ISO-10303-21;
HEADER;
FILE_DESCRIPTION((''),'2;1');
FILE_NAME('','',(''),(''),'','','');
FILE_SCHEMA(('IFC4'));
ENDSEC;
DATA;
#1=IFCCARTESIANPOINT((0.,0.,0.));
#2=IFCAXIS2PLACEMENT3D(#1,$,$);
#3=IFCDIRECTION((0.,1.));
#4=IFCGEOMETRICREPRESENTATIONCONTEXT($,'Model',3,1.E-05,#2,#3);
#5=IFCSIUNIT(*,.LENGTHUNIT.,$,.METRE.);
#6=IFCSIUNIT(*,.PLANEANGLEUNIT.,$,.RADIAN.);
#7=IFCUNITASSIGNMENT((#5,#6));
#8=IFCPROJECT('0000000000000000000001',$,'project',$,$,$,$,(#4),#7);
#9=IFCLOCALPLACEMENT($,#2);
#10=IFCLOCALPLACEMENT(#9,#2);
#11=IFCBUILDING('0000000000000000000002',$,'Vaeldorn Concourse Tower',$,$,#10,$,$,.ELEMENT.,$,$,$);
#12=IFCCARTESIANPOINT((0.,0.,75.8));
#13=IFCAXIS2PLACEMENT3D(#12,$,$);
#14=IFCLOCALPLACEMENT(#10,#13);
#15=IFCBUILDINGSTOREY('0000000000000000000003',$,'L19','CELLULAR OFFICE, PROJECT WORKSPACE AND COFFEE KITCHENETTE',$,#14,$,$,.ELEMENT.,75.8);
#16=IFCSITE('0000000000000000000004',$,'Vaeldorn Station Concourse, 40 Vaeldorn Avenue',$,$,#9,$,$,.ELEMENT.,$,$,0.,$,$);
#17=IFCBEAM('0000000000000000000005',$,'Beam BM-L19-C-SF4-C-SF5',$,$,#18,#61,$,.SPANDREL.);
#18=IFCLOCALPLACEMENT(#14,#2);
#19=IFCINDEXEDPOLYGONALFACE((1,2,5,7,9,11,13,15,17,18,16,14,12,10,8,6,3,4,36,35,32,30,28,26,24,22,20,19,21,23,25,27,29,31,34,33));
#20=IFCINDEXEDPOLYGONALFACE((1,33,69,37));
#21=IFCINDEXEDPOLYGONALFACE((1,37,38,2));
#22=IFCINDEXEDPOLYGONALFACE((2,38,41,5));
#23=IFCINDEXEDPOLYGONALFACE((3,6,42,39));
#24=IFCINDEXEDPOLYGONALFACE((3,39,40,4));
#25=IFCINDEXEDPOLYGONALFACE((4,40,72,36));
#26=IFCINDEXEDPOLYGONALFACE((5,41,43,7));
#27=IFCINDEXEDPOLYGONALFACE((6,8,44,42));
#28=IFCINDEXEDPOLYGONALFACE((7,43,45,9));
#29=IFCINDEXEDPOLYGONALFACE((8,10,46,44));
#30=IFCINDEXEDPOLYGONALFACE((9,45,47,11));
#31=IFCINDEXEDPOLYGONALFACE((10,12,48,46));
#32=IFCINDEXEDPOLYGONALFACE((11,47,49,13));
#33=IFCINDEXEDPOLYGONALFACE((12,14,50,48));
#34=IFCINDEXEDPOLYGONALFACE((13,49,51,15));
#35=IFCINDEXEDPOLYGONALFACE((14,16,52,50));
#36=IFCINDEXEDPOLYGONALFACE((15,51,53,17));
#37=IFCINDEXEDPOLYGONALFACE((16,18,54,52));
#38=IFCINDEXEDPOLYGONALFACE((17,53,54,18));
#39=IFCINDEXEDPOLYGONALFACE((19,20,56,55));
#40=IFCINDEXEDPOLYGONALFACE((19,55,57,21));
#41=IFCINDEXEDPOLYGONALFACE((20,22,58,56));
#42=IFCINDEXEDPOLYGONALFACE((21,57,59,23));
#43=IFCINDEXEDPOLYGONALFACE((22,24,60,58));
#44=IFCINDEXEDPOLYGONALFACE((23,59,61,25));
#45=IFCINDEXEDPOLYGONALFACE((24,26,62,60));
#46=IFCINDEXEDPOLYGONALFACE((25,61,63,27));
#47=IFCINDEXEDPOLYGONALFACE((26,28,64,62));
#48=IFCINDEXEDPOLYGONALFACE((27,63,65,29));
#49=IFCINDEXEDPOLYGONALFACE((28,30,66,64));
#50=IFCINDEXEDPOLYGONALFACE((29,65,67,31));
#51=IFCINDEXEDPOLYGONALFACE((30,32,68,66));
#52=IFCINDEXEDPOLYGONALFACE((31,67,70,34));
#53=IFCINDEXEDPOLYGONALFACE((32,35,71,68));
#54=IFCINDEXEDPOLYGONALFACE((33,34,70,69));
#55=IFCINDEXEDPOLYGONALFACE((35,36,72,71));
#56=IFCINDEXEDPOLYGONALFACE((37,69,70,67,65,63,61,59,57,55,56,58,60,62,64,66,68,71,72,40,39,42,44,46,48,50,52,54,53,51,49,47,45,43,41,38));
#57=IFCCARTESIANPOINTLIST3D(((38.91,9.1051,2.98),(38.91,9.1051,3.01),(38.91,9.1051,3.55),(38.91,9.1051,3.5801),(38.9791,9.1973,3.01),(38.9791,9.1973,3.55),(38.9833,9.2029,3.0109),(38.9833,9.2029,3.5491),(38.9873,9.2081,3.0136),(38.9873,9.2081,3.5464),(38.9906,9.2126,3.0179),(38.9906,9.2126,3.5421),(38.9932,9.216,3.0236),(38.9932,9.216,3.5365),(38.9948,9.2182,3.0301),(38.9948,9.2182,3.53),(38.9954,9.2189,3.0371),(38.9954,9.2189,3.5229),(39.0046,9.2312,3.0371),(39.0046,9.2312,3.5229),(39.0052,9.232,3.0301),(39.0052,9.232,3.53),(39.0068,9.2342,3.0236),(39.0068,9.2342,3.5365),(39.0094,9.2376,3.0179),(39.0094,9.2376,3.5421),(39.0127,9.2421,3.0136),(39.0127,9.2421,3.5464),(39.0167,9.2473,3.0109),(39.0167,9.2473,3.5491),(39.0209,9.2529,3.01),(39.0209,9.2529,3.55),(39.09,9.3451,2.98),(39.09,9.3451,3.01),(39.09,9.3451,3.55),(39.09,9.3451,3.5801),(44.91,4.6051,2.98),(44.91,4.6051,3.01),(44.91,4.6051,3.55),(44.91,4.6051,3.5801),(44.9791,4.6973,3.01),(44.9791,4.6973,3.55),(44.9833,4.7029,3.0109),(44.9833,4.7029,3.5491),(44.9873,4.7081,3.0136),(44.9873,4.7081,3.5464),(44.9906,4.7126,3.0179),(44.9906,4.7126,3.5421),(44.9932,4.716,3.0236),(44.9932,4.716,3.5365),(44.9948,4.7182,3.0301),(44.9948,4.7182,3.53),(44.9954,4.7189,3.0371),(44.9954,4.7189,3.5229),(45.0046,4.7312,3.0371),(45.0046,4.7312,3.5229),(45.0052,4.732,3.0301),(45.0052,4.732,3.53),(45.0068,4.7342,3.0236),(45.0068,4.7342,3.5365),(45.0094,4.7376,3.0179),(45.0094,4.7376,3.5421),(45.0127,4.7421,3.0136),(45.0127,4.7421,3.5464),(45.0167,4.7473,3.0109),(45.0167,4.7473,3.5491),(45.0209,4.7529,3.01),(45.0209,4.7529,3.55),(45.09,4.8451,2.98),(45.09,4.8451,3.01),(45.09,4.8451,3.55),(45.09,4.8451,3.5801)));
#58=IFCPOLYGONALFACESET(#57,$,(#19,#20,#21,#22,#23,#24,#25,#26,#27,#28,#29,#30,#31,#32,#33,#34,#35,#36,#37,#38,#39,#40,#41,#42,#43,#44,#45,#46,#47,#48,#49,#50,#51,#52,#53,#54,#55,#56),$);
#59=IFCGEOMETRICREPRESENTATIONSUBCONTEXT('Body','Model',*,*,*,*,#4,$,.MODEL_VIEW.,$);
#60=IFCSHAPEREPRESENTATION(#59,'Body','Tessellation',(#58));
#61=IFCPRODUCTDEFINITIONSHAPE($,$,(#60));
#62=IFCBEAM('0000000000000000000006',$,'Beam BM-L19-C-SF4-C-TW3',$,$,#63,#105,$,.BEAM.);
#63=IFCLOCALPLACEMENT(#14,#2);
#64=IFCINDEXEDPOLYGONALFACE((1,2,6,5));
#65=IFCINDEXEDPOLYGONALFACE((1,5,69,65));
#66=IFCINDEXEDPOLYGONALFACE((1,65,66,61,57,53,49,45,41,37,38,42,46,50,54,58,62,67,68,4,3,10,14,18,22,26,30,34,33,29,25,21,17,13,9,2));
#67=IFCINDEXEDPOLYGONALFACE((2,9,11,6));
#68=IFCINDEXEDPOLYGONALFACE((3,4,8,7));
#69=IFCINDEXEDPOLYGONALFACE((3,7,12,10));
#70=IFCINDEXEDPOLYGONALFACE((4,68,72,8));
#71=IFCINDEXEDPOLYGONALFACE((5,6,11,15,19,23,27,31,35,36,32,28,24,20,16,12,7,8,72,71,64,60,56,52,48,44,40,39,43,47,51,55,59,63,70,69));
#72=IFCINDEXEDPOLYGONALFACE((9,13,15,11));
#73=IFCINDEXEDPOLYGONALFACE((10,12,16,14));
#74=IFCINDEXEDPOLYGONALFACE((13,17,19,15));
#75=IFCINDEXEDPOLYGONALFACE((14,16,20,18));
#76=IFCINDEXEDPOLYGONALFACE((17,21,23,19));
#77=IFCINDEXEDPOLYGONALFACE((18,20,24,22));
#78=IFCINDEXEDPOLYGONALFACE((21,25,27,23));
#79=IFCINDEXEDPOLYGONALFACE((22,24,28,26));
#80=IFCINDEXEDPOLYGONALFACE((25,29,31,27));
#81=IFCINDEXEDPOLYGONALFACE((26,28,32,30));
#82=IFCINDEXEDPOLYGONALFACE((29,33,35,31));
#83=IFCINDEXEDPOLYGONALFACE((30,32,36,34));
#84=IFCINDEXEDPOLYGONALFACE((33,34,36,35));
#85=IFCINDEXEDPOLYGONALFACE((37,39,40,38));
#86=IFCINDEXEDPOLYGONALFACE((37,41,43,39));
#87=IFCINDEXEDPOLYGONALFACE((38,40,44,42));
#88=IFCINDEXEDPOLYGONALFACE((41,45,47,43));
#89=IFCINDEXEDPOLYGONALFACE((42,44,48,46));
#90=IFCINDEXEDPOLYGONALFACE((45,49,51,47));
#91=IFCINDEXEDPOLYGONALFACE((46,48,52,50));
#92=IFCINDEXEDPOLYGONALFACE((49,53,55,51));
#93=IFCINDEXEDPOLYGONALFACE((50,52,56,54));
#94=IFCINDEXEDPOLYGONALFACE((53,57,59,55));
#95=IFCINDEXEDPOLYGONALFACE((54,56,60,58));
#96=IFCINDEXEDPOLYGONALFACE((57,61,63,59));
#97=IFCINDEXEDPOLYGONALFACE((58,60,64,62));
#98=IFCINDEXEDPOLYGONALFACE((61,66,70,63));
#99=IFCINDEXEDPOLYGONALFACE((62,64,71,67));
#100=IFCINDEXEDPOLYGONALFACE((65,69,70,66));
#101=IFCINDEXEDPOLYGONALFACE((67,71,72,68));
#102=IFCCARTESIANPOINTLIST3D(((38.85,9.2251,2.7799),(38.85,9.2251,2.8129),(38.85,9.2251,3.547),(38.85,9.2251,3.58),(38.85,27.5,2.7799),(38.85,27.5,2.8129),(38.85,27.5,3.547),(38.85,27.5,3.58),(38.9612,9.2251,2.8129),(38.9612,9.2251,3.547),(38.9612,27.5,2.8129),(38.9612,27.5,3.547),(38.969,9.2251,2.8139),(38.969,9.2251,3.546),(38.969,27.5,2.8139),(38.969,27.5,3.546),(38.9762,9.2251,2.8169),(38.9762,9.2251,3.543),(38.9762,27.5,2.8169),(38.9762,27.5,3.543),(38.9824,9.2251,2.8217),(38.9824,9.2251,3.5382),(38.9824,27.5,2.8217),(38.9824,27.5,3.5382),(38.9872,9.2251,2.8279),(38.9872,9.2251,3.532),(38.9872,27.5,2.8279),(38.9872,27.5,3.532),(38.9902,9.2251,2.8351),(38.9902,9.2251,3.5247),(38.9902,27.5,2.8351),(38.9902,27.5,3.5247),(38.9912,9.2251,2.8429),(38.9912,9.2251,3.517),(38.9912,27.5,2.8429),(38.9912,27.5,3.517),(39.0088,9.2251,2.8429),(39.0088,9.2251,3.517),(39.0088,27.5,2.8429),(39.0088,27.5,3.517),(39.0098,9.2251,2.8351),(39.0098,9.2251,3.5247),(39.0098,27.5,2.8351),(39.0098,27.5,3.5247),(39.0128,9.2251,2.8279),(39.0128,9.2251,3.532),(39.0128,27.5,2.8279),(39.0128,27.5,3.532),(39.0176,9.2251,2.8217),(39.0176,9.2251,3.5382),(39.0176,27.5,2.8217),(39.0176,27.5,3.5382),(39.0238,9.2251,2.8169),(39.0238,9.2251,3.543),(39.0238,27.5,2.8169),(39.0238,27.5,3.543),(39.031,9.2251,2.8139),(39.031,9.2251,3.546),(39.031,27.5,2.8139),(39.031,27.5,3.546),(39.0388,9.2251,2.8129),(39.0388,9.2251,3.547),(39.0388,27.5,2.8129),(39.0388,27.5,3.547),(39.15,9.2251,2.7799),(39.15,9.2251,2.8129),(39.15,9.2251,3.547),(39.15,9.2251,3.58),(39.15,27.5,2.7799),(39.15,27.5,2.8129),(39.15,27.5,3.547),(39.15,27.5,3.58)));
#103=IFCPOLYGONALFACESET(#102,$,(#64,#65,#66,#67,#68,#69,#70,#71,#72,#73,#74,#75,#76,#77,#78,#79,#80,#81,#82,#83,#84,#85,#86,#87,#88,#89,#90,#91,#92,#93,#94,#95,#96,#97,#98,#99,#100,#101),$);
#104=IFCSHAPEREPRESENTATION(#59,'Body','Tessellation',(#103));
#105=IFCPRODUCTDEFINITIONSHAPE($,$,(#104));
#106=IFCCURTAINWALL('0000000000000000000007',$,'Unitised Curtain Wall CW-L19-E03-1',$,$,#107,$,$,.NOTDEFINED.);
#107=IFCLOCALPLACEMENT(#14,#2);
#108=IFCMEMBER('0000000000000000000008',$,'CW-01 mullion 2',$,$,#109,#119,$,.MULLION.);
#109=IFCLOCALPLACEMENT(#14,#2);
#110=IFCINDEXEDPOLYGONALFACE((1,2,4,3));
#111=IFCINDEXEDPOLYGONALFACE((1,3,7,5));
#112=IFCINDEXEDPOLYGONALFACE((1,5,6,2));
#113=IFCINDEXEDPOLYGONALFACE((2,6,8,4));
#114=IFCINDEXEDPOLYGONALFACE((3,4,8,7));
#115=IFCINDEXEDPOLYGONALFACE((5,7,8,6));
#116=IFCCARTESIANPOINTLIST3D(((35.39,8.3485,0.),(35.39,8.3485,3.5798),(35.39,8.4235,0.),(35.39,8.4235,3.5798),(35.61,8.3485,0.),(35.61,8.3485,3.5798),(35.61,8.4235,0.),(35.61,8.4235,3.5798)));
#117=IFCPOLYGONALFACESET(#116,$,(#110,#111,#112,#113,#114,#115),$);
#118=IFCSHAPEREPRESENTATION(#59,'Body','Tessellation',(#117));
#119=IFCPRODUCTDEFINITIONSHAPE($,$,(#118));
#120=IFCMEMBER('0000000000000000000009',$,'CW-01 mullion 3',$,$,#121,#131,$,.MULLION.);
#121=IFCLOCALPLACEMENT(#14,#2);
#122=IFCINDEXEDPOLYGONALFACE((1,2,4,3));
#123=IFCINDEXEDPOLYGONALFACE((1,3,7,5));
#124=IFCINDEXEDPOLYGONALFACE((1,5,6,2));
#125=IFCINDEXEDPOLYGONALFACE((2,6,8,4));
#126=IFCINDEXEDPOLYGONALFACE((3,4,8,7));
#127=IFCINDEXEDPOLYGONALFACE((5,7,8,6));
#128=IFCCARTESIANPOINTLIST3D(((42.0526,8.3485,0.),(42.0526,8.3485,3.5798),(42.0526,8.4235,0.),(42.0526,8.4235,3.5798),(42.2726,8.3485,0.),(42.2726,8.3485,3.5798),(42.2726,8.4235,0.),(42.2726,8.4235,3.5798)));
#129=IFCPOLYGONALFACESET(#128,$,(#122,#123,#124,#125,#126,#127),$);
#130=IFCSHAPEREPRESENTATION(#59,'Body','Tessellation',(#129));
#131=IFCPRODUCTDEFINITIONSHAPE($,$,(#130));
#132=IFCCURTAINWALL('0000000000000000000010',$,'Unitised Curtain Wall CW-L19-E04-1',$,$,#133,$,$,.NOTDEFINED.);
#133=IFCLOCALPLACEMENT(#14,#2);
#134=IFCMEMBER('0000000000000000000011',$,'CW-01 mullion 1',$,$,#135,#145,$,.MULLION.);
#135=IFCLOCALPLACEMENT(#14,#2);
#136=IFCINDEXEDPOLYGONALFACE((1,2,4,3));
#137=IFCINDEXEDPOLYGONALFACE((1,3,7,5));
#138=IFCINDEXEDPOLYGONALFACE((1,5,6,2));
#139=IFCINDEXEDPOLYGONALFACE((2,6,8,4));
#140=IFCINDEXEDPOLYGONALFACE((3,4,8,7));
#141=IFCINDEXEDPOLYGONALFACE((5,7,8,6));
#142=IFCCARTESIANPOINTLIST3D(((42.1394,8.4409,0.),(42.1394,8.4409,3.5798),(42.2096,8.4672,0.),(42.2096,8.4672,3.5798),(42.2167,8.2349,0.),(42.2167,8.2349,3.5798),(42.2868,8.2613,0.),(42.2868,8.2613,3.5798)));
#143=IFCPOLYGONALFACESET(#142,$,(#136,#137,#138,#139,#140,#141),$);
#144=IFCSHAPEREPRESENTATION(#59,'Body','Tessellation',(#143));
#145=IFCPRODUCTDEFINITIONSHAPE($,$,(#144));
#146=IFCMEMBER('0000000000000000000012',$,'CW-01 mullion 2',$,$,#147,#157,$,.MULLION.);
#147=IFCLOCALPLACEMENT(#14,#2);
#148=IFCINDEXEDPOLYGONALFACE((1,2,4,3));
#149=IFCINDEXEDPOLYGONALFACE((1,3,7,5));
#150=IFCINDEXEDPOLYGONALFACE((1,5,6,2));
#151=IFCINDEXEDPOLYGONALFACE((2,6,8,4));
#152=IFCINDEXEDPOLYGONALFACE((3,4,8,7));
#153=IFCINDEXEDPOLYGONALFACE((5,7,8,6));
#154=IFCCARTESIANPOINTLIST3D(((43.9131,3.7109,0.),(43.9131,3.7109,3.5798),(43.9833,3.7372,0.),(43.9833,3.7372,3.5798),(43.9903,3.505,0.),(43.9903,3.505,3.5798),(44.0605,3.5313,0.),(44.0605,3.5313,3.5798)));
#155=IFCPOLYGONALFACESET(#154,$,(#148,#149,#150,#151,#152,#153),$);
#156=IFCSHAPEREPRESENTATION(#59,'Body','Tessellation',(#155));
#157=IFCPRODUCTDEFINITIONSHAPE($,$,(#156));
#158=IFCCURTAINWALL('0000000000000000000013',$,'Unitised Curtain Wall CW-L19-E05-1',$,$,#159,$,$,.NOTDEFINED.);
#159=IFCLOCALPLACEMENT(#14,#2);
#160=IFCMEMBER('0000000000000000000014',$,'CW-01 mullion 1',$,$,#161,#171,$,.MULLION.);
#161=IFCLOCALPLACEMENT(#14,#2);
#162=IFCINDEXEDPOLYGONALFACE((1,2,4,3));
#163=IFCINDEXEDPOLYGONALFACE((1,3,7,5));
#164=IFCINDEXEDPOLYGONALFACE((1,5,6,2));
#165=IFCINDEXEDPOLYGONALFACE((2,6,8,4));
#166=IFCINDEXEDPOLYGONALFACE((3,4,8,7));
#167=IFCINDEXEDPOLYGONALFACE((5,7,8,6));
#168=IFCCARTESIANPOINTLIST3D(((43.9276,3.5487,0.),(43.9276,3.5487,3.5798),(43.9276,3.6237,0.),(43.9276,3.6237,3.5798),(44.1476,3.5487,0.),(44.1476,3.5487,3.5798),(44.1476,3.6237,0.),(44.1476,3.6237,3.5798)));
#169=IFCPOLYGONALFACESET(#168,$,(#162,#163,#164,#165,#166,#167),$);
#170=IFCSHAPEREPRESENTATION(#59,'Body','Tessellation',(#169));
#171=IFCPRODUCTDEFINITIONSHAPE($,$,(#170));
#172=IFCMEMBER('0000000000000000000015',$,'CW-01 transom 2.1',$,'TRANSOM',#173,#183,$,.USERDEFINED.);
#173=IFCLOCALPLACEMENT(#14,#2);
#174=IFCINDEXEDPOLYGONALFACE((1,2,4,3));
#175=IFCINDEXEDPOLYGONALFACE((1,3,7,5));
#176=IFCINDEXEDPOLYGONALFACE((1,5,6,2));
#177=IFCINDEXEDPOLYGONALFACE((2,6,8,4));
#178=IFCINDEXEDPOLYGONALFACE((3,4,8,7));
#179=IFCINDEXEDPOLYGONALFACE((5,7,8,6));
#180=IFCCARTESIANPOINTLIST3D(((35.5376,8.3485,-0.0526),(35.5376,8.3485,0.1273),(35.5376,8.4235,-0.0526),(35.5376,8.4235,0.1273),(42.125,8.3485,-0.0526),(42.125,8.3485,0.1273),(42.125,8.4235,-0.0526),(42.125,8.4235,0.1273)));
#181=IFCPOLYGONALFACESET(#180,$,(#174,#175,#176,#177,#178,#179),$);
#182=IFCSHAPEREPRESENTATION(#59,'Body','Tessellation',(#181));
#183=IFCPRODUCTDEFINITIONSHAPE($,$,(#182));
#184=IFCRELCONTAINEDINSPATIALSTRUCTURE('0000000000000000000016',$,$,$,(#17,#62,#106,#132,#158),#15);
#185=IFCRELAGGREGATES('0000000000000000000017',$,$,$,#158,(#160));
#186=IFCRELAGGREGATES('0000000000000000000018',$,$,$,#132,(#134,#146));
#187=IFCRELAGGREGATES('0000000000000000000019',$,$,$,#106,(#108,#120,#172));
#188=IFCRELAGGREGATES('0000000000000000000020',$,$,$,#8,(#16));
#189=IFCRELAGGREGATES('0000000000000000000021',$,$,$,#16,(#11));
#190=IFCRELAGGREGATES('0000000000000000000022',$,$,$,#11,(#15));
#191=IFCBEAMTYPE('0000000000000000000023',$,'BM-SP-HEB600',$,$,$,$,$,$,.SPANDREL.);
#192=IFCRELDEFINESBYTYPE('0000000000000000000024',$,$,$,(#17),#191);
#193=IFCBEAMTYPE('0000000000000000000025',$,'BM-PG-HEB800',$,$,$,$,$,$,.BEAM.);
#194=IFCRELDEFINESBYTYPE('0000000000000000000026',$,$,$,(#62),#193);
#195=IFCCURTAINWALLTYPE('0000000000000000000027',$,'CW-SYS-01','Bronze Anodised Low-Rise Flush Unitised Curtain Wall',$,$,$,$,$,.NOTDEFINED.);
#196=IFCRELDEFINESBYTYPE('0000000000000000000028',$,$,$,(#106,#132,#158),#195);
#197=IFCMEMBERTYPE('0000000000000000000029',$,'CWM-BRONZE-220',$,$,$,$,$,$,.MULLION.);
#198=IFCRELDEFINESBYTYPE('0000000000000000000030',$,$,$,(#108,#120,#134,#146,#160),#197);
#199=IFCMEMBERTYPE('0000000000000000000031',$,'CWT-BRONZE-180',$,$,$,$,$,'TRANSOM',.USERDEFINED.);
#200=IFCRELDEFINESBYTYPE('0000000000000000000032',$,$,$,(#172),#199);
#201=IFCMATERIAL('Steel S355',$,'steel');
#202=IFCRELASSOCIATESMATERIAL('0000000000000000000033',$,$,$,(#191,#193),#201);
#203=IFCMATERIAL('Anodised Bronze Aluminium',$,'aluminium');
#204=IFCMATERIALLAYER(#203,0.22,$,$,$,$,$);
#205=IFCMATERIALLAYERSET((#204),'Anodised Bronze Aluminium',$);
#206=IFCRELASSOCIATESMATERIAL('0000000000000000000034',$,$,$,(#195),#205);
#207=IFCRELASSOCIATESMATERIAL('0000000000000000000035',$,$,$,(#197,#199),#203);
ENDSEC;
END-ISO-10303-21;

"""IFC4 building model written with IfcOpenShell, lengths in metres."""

from ifc_helpers import new_model, si_unit, direction, frame, origin, origin_2d, place, context, subcontext, project, spatial, rectangle, i_section, extrude, source, transform, mapped, material, layer, layer_set, material_profile, profile_set, type_object, element, aggregate, save


model = new_model("IFC4")

# Units and contexts
model_context = context("Model", 3, precision=1e-05, world=origin(), true_north=direction((0.0, 1.0)))
body_context = subcontext(model_context, "Body", "Model", "MODEL_VIEW")
ifc_project = project(units=[si_unit("LENGTHUNIT", "METRE"), si_unit("PLANEANGLEUNIT", "RADIAN")], contexts=[model_context])

# Site, building, storey
site_placement = place(None, origin())
site = spatial("IfcSite", under=ifc_project, at=site_placement, Name="Vaeldorn Station Concourse, 40 Vaeldorn Avenue", CompositionType="ELEMENT", RefElevation=0.0)
building_placement = place(site_placement, origin())
building = spatial("IfcBuilding", under=site, at=building_placement, Name="Vaeldorn Concourse Tower", CompositionType="ELEMENT")
storey_placement = place(building_placement, frame((0.0, 0.0, 75.8)))
storey = spatial("IfcBuildingStorey", under=building, at=storey_placement, Name="L19", Description="CELLULAR OFFICE, PROJECT WORKSPACE AND COFFEE KITCHENETTE", CompositionType="ELEMENT", Elevation=75.8)

# Beams
ifc_material_1 = material(Name="Steel S355", Category="steel")
ifc_material_profile_1 = material_profile(ifc_material_1, i_section(OverallWidth=0.3, OverallDepth=0.6001, WebThickness=0.0154, FlangeThickness=0.03, FilletRadius=0.0271, at=origin_2d()), Name="HEB 600")
ifc_profile_set_1 = profile_set([ifc_material_profile_1], Name="Steel S355")
beam_type_1 = type_object("IfcBeamType", Name="BM-SP-HEB600", PredefinedType="SPANDREL", material=ifc_profile_set_1)
shared_shape_1 = source(origin(), body_context, "Body", "SweptSolid", [
    extrude(i_section(OverallWidth=0.3, OverallDepth=0.6001, WebThickness=0.0154, FlangeThickness=0.03, FilletRadius=0.0271, at=origin_2d()), origin(), (0.0, 0.0, 1.0), 7.5),
])
beam_1_placement = place(storey_placement, frame((39.0, 9.2251, 3.28), z_axis=(0.8, -0.6, 0.0), x_axis=(0.6, 0.8, 0.0)))
element("IfcBeam", 1, at=beam_1_placement, inside=storey, type_object=beam_type_1, Name="Beam BM-L19-C-SF4-C-SF5", PredefinedType="SPANDREL", context=body_context, shape_type="MappedRepresentation", body=[
    mapped(shared_shape_1, transform((0.0, 0.0, 0.0), scale=1.0)),
])
ifc_material_profile_2 = material_profile(ifc_material_1, i_section(OverallWidth=0.3, OverallDepth=0.8, WebThickness=0.0176, FlangeThickness=0.033, FilletRadius=0.03, at=origin_2d()), Name="HEB 800")
ifc_profile_set_2 = profile_set([ifc_material_profile_2], Name="Steel S355")
beam_type_2 = type_object("IfcBeamType", Name="BM-PG-HEB800", PredefinedType="BEAM", material=ifc_profile_set_2)
shared_shape_2 = source(origin(), body_context, "Body", "SweptSolid", [
    extrude(i_section(OverallWidth=0.3, OverallDepth=0.8, WebThickness=0.0176, FlangeThickness=0.033, FilletRadius=0.03, at=origin_2d()), origin(), (0.0, 0.0, 1.0), 18.2749),
])
beam_2_placement = place(storey_placement, frame((39.0, 9.2251, 3.1799), z_axis=(0.0, 1.0, 0.0), x_axis=(-1.0, 0.0, 0.0)))
element("IfcBeam", 2, at=beam_2_placement, inside=storey, type_object=beam_type_2, Name="Beam BM-L19-C-SF4-C-TW3", PredefinedType="BEAM", context=body_context, shape_type="MappedRepresentation", body=[
    mapped(shared_shape_2, transform((0.0, 0.0, 0.0), scale=1.0)),
])

# Curtain walls, members
ifc_material_2 = material(Name="Anodised Bronze Aluminium", Category="aluminium")
ifc_layer_1 = layer(ifc_material_2, 0.22)
ifc_layer_set_1 = layer_set([ifc_layer_1], Name="Anodised Bronze Aluminium")
curtain_wall_type = type_object("IfcCurtainWallType", Name="CW-SYS-01", Description="Bronze Anodised Low-Rise Flush Unitised Curtain Wall", PredefinedType="NOTDEFINED", material=ifc_layer_set_1)
curtain_wall_1_placement = place(storey_placement, origin())
curtain_wall_1 = element("IfcCurtainWall", 3, at=curtain_wall_1_placement, inside=storey, type_object=curtain_wall_type, Name="Unitised Curtain Wall CW-L19-E03-1", PredefinedType="NOTDEFINED")
ifc_material_profile_3 = material_profile(ifc_material_2, rectangle(XDim=0.075, YDim=0.22, at=origin_2d()), Name="CWM 75x220")
ifc_profile_set_3 = profile_set([ifc_material_profile_3], Name="Anodised Bronze Aluminium")
member_type_1 = type_object("IfcMemberType", Name="CWM-BRONZE-220", PredefinedType="MULLION", material=ifc_profile_set_3)
shared_shape_3 = source(origin(), body_context, "Body", "SweptSolid", [
    extrude(rectangle(XDim=0.075, YDim=0.22, at=origin_2d()), origin(), (0.0, 0.0, 1.0), 3.5798),
])
member_1_placement = place(storey_placement, frame((35.5, 8.386, 0.0), z_axis=(0.0, 0.0, 1.0), x_axis=(0.0, 1.0, 0.0)))
member_1 = element("IfcMember", 4, at=member_1_placement, type_object=member_type_1, Name="CW-01 mullion 2", PredefinedType="MULLION", context=body_context, shape_type="MappedRepresentation", body=[
    mapped(shared_shape_3, transform((0.0, 0.0, 0.0), scale=1.0)),
])
member_2_placement = place(storey_placement, frame((42.1626, 8.386, 0.0), z_axis=(0.0, 0.0, 1.0), x_axis=(0.0, 1.0, 0.0)))
member_2 = element("IfcMember", 5, at=member_2_placement, type_object=member_type_1, Name="CW-01 mullion 3", PredefinedType="MULLION", context=body_context, shape_type="MappedRepresentation", body=[
    mapped(shared_shape_3, transform((0.0, 0.0, 0.0), scale=1.0)),
])
curtain_wall_2_placement = place(storey_placement, origin())
curtain_wall_2 = element("IfcCurtainWall", 6, at=curtain_wall_2_placement, inside=storey, type_object=curtain_wall_type, Name="Unitised Curtain Wall CW-L19-E04-1", PredefinedType="NOTDEFINED")
member_3_placement = place(storey_placement, frame((42.2131, 8.3511, 0.0), z_axis=(0.0, 0.0, 1.0), x_axis=(0.936329, 0.351123, 0.0)))
member_3 = element("IfcMember", 7, at=member_3_placement, type_object=member_type_1, Name="CW-01 mullion 1", PredefinedType="MULLION", context=body_context, shape_type="MappedRepresentation", body=[
    mapped(shared_shape_3, transform((0.0, 0.0, 0.0), scale=1.0)),
])
member_4_placement = place(storey_placement, frame((43.9868, 3.6211, 0.0), z_axis=(0.0, 0.0, 1.0), x_axis=(0.936329, 0.351123, 0.0)))
member_4 = element("IfcMember", 8, at=member_4_placement, type_object=member_type_1, Name="CW-01 mullion 2", PredefinedType="MULLION", context=body_context, shape_type="MappedRepresentation", body=[
    mapped(shared_shape_3, transform((0.0, 0.0, 0.0), scale=1.0)),
])

# Curtain wall, member
curtain_wall_3_placement = place(storey_placement, origin())
curtain_wall_3 = element("IfcCurtainWall", 9, at=curtain_wall_3_placement, inside=storey, type_object=curtain_wall_type, Name="Unitised Curtain Wall CW-L19-E05-1", PredefinedType="NOTDEFINED")
member_5_placement = place(storey_placement, frame((44.0376, 3.5862, 0.0), z_axis=(0.0, 0.0, 1.0), x_axis=(0.0, 1.0, 0.0)))
member_5 = element("IfcMember", 10, at=member_5_placement, type_object=member_type_1, Name="CW-01 mullion 1", PredefinedType="MULLION", context=body_context, shape_type="MappedRepresentation", body=[
    mapped(shared_shape_3, transform((0.0, 0.0, 0.0), scale=1.0)),
])

# Member
ifc_material_profile_4 = material_profile(ifc_material_2, rectangle(XDim=0.075, YDim=0.1799, at=origin_2d()), Name="CWT 75x180")
ifc_profile_set_4 = profile_set([ifc_material_profile_4], Name="Anodised Bronze Aluminium")
member_type_2 = type_object("IfcMemberType", Name="CWT-BRONZE-180", ElementType="TRANSOM", PredefinedType="USERDEFINED", material=ifc_profile_set_4)
shared_shape_4 = source(origin(), body_context, "Body", "SweptSolid", [
    extrude(rectangle(XDim=0.075, YDim=0.1799, at=origin_2d()), origin(), (0.0, 0.0, 1.0), 6.5874),
])
member_6_placement = place(storey_placement, frame((35.5376, 8.386, 0.0374), z_axis=(1.0, 0.0, 0.0), x_axis=(0.0, 1.0, 0.0)))
member_6 = element("IfcMember", 11, at=member_6_placement, type_object=member_type_2, Name="CW-01 transom 2.1", ObjectType="TRANSOM", PredefinedType="USERDEFINED", context=body_context, shape_type="MappedRepresentation", body=[
    mapped(shared_shape_4, transform((0.0, 0.0, 0.0), scale=1.0)),
])
aggregate(curtain_wall_3, [member_5])

aggregate(curtain_wall_2, [member_3, member_4])
aggregate(curtain_wall_1, [member_1, member_2, member_6])

save(model, "model.ifc")
